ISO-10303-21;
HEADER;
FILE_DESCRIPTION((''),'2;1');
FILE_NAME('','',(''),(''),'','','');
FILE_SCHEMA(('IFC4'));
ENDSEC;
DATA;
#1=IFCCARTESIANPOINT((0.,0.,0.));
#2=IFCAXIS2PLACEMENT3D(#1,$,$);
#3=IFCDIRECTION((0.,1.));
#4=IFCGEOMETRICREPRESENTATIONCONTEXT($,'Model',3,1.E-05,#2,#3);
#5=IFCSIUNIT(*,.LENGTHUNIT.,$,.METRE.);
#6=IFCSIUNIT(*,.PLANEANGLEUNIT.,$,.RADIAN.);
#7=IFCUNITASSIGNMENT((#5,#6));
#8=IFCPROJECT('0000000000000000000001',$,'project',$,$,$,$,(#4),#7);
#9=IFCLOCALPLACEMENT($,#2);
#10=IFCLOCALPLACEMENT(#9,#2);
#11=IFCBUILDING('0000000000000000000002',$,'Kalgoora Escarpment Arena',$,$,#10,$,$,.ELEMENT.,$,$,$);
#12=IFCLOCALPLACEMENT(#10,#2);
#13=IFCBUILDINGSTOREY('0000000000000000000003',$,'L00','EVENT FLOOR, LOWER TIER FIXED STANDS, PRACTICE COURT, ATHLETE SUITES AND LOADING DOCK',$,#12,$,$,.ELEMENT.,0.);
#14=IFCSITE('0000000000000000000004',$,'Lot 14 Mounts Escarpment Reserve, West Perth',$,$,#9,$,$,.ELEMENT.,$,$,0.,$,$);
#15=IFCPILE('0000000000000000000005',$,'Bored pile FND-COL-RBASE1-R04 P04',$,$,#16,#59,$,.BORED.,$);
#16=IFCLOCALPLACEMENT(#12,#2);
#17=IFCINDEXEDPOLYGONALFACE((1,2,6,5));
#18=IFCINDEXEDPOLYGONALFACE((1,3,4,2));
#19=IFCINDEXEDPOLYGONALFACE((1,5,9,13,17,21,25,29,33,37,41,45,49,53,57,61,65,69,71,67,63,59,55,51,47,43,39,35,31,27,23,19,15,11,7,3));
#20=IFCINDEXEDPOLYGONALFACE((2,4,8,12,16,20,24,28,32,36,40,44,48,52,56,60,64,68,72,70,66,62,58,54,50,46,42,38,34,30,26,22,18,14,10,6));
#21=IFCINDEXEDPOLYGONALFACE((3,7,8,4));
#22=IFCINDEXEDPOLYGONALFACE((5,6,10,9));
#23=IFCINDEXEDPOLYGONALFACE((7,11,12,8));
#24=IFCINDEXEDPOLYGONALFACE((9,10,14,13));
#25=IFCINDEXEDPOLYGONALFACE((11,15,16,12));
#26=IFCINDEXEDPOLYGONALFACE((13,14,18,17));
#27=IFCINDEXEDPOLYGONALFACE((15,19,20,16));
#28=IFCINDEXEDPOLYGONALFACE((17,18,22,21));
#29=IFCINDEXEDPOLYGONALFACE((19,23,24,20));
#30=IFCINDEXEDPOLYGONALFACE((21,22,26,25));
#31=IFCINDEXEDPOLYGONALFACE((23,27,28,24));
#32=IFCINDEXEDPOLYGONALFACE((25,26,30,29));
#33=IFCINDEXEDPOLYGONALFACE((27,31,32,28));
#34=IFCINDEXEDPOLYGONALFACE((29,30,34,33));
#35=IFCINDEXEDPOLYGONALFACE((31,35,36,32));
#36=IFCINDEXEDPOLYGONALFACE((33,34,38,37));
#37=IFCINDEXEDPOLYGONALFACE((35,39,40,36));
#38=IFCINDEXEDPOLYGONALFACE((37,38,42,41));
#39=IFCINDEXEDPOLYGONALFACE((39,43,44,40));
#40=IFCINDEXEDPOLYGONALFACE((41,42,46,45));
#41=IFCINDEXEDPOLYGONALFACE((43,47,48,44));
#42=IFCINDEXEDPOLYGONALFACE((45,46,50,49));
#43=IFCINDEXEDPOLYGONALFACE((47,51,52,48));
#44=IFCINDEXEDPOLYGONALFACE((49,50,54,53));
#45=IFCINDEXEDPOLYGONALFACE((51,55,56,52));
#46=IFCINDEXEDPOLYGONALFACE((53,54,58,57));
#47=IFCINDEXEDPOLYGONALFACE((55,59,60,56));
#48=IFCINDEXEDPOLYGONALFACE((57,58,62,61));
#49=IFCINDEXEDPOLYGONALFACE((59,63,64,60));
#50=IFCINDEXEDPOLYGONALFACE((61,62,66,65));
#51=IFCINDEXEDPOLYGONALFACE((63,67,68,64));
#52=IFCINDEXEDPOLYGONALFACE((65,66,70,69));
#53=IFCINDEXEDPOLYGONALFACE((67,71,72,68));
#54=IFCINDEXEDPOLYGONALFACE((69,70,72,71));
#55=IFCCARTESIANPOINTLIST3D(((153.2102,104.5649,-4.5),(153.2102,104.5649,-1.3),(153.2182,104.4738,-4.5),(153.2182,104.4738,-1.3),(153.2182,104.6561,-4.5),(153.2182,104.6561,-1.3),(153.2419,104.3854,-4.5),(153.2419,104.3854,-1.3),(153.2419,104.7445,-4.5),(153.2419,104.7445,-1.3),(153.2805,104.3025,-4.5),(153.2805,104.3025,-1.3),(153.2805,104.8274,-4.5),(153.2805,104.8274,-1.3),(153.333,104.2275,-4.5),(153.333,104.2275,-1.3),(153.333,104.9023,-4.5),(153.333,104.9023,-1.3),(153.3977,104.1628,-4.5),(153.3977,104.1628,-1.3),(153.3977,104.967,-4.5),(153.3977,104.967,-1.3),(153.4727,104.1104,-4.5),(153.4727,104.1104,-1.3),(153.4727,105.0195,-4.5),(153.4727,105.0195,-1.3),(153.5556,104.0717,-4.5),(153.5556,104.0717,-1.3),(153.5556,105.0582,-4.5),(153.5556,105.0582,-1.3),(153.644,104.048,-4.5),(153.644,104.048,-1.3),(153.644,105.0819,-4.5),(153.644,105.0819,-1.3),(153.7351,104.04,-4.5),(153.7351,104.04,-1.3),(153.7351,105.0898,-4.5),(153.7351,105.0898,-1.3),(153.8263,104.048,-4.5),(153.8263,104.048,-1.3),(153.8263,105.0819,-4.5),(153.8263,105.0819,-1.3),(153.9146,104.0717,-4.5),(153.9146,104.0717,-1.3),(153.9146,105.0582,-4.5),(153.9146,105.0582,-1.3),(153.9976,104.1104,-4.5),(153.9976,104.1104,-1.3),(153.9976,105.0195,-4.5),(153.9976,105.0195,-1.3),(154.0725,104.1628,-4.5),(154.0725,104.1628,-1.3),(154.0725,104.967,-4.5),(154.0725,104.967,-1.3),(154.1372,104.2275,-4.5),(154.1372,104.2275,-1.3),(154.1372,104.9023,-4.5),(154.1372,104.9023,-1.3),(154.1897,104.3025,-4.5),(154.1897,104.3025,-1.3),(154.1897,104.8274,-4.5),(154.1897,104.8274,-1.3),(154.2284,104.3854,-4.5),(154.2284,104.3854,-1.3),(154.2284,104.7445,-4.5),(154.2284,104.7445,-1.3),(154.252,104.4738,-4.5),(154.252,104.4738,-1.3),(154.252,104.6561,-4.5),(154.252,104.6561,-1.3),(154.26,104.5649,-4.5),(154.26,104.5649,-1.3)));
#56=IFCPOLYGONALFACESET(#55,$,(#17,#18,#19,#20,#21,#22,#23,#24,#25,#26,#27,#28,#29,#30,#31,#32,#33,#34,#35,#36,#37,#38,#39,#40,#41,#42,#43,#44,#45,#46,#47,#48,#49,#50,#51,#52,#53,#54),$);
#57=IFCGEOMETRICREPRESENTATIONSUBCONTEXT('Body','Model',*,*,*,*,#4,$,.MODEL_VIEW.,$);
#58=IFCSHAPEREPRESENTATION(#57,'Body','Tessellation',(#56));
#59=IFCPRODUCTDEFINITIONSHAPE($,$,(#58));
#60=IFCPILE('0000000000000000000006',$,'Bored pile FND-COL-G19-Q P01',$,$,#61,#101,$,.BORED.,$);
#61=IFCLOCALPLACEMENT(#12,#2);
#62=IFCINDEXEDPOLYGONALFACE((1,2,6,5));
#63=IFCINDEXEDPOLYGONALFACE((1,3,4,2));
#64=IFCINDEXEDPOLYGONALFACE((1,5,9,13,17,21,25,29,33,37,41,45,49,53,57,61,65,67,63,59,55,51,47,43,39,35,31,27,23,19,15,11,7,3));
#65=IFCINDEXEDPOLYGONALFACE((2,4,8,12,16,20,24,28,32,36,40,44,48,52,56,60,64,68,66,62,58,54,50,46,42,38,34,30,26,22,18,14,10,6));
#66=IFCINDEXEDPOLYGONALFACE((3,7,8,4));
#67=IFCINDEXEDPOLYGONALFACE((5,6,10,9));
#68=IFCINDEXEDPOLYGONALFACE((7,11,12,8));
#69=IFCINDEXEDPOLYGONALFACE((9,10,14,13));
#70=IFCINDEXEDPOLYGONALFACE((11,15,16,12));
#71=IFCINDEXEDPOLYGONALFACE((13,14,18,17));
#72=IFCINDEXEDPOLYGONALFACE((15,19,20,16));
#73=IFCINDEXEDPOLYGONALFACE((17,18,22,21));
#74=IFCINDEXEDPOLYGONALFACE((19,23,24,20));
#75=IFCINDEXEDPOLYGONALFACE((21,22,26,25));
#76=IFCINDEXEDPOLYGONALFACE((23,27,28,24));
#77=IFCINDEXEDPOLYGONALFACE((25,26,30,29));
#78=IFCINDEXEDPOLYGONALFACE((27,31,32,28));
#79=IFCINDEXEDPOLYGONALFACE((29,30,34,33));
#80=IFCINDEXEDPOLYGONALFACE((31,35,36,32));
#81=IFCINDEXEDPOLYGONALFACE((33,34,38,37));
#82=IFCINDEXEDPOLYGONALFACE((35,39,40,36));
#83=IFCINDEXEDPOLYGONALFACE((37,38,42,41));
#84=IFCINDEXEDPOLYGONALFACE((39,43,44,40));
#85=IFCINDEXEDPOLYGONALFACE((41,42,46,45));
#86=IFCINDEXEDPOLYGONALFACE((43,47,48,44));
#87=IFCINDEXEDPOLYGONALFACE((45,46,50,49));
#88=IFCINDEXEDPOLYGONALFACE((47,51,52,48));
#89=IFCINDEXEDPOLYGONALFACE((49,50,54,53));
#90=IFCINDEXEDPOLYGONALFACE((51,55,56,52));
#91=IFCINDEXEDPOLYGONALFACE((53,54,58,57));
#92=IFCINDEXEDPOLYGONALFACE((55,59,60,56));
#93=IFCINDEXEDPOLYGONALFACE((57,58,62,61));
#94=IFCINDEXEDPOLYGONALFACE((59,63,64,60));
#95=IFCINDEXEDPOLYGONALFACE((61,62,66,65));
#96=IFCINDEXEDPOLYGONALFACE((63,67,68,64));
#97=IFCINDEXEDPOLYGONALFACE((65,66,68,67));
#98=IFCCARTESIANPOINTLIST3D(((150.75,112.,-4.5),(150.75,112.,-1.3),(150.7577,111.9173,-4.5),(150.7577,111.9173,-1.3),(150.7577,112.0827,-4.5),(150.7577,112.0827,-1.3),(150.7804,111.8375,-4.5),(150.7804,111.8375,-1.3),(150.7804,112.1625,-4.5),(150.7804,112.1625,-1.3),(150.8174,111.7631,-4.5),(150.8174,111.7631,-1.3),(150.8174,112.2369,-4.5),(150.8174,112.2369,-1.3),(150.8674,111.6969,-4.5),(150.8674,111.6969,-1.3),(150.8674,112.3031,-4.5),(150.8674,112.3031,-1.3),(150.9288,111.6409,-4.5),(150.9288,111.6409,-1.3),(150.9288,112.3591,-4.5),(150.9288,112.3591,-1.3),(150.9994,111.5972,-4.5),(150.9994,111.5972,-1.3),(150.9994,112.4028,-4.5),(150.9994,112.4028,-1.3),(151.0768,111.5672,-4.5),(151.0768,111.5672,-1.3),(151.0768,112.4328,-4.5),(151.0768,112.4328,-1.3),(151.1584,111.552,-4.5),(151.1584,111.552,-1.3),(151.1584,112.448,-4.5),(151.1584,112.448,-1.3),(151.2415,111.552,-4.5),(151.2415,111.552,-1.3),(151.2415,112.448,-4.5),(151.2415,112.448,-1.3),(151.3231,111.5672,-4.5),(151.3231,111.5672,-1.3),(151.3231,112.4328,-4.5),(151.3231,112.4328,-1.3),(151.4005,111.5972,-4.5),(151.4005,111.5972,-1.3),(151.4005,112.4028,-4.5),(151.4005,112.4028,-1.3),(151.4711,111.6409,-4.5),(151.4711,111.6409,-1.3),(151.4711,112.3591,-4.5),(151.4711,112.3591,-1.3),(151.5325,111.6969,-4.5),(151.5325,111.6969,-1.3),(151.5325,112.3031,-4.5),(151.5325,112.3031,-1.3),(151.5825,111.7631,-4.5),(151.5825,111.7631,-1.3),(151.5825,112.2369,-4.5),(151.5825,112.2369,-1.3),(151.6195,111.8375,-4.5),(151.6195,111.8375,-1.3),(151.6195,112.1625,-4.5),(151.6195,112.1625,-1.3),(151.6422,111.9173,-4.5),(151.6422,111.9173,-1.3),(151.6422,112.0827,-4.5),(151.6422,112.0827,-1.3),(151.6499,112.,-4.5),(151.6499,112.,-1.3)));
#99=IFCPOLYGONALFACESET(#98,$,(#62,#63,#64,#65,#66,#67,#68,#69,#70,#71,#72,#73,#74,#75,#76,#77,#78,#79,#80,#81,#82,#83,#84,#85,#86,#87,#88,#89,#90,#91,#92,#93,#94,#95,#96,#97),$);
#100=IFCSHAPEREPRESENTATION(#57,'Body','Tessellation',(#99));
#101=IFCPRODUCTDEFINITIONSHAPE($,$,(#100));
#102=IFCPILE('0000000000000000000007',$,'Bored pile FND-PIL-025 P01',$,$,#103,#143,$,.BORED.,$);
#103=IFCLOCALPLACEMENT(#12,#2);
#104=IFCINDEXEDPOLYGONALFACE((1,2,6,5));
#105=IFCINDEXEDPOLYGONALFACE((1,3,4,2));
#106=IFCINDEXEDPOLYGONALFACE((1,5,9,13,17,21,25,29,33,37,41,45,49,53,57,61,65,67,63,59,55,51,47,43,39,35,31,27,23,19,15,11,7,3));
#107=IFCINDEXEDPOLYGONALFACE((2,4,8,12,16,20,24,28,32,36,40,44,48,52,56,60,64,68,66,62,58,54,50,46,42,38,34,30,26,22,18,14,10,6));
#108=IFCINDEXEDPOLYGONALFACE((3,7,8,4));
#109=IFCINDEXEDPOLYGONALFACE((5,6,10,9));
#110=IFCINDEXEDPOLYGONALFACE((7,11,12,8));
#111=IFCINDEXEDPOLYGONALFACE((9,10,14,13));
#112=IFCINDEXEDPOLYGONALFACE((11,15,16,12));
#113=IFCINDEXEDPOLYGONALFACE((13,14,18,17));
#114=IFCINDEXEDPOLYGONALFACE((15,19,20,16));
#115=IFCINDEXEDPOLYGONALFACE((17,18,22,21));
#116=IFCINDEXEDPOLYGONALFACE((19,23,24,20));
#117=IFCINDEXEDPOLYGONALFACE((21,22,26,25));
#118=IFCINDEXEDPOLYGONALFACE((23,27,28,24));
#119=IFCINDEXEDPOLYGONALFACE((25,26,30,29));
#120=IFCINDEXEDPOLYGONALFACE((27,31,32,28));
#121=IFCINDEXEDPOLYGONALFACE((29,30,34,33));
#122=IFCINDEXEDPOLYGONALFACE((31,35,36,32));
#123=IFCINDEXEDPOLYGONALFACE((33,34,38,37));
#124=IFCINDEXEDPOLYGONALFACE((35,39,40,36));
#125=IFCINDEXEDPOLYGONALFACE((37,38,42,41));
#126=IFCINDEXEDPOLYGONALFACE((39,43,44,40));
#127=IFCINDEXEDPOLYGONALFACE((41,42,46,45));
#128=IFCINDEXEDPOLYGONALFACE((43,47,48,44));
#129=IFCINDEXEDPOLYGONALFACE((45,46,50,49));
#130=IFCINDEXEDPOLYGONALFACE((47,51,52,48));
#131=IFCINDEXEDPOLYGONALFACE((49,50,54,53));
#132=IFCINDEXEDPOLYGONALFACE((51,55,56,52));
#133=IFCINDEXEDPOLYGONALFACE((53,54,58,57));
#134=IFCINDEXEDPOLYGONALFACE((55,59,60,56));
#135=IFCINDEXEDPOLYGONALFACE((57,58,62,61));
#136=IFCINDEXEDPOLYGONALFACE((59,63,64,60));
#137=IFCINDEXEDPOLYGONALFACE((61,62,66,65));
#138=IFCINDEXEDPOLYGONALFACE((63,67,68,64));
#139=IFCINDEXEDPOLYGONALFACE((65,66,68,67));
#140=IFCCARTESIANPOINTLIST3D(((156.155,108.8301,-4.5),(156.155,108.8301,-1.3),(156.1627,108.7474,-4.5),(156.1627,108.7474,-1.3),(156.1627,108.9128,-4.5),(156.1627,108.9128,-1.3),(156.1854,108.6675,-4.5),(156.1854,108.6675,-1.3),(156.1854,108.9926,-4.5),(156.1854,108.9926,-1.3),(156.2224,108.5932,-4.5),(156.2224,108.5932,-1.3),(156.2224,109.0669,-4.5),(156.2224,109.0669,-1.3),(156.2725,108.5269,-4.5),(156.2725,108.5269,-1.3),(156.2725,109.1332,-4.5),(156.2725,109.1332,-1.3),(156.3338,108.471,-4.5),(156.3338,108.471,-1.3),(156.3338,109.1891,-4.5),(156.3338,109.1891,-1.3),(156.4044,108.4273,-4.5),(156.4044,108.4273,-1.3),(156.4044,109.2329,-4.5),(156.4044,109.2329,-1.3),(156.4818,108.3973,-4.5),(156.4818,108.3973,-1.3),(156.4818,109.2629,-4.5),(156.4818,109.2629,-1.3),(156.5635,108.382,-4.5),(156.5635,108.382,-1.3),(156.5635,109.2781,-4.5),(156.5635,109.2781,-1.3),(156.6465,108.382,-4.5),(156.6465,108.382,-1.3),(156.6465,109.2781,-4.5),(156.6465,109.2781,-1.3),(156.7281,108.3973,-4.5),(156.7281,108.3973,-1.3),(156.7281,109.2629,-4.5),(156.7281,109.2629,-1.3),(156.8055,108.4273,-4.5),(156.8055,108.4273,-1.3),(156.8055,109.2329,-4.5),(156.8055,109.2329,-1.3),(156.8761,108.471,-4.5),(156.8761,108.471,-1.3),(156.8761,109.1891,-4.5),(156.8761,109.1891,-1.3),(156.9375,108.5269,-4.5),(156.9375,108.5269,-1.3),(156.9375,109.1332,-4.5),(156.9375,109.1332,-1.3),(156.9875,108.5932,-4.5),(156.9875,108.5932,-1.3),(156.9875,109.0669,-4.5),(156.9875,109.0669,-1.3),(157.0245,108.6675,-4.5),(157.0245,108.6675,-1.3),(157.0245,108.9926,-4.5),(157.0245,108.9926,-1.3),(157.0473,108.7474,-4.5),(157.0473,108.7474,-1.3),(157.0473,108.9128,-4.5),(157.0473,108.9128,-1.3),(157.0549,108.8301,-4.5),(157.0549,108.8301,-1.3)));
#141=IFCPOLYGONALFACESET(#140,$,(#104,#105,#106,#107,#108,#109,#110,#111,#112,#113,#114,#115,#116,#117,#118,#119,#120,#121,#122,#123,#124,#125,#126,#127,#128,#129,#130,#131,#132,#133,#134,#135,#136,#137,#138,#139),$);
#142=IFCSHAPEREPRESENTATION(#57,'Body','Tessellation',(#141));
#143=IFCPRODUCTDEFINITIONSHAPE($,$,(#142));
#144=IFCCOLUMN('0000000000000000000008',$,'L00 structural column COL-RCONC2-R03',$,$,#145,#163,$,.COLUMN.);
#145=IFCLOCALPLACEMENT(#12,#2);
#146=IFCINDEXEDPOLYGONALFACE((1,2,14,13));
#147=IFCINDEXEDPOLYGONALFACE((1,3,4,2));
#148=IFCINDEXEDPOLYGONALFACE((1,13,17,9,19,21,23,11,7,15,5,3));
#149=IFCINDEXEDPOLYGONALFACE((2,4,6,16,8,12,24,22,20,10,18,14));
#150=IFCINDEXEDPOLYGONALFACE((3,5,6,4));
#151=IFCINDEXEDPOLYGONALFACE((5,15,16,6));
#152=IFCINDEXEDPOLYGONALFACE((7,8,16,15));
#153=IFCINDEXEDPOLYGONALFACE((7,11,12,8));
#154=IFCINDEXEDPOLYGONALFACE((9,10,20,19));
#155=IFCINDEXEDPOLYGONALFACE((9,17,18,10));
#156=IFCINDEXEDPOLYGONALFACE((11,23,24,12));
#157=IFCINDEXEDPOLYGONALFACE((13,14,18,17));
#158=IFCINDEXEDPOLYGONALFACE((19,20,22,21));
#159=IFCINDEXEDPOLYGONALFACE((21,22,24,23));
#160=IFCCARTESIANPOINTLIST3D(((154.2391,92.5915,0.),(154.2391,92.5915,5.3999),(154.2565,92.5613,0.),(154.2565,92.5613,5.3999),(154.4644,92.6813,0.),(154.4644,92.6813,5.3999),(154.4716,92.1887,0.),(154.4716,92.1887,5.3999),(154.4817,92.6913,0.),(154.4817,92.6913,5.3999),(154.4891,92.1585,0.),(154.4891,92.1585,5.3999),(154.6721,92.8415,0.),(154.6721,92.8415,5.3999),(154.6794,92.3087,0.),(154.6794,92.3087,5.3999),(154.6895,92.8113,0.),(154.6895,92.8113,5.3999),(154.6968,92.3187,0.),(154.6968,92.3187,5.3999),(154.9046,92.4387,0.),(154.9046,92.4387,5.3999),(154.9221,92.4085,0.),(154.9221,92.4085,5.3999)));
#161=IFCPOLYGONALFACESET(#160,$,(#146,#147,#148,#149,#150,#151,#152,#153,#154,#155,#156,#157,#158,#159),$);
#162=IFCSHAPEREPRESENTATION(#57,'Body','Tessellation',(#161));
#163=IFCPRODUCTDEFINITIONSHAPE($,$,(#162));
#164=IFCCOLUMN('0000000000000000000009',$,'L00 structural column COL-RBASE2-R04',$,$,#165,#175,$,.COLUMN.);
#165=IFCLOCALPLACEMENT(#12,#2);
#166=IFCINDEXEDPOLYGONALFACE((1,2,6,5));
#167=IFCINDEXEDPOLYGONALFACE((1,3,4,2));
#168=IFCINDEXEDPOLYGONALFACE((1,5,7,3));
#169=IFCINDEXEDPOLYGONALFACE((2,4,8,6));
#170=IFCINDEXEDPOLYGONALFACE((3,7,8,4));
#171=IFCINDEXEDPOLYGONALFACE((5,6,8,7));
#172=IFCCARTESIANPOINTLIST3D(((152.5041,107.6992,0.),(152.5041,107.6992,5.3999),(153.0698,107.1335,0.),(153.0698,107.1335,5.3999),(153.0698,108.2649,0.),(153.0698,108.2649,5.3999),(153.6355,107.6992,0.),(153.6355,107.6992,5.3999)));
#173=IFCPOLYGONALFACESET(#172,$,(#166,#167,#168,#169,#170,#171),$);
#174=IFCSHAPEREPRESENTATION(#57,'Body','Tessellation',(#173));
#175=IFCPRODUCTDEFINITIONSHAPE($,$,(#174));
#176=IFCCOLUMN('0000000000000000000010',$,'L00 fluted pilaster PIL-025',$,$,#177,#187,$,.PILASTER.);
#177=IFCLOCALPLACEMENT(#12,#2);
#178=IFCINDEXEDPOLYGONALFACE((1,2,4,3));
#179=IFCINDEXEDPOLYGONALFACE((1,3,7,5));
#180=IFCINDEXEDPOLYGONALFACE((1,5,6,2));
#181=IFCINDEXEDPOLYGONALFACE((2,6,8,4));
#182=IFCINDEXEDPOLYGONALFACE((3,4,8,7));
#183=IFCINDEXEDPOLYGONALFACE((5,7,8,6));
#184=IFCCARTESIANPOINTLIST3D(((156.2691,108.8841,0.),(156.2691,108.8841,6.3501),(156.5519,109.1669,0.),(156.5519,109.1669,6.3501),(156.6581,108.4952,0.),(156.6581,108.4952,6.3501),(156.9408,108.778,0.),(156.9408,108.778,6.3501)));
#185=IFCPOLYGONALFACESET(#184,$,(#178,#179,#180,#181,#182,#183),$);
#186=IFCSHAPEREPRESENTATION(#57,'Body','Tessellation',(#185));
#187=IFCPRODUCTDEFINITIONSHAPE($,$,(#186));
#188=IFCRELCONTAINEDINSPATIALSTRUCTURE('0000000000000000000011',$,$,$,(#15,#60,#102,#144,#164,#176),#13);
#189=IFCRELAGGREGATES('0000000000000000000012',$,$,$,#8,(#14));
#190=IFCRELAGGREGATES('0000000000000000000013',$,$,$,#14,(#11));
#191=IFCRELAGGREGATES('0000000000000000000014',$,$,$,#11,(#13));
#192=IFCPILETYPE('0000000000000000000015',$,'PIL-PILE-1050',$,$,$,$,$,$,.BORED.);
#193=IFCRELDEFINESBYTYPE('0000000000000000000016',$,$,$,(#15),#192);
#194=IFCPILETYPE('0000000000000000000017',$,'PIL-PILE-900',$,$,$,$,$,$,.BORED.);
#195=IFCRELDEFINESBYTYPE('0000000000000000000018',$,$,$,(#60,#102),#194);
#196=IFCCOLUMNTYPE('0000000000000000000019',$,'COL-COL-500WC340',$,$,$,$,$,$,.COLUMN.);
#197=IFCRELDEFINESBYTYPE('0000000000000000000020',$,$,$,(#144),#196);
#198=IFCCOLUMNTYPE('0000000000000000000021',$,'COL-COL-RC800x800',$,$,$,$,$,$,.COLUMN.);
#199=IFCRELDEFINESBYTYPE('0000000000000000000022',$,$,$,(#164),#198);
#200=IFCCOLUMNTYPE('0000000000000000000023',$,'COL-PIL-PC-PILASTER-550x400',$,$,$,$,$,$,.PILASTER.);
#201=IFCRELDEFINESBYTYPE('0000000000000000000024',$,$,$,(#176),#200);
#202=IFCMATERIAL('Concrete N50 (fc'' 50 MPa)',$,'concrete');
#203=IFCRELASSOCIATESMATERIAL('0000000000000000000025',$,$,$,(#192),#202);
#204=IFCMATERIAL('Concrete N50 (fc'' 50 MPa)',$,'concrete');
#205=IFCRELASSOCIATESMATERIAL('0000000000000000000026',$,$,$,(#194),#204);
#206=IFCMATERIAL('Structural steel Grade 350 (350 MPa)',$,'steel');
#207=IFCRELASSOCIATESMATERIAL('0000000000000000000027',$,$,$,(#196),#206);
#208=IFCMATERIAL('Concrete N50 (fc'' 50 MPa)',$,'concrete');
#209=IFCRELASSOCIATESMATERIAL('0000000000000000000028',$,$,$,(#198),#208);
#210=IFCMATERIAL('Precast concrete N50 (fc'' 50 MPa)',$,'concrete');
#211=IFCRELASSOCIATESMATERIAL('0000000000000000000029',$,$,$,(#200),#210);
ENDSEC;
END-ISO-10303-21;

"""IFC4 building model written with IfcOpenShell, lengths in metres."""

from ifc_helpers import new_model, si_unit, direction, frame, origin, origin_2d, place, context, subcontext, project, spatial, rectangle, circle, i_section, extrude, material, material_profile, profile_set, type_object, element, save


model = new_model("IFC4")

# Units and contexts
model_context = context("Model", 3, precision=1e-05, world=origin(), true_north=direction((0.0, 1.0)))
body_context = subcontext(model_context, "Body", "Model", "MODEL_VIEW")
ifc_project = project(units=[si_unit("LENGTHUNIT", "METRE"), si_unit("PLANEANGLEUNIT", "RADIAN")], contexts=[model_context])

# Site, building, storey
site_placement = place(None, origin())
site = spatial("IfcSite", under=ifc_project, at=site_placement, Name="Lot 14 Mounts Escarpment Reserve, West Perth", CompositionType="ELEMENT", RefElevation=0.0)
building_placement = place(site_placement, origin())
building = spatial("IfcBuilding", under=site, at=building_placement, Name="Kalgoora Escarpment Arena", CompositionType="ELEMENT")
storey_placement = place(building_placement, origin())
storey = spatial("IfcBuildingStorey", under=building, at=storey_placement, Name="L00", Description="EVENT FLOOR, LOWER TIER FIXED STANDS, PRACTICE COURT, ATHLETE SUITES AND LOADING DOCK", CompositionType="ELEMENT", Elevation=0.0)

# Piles
ifc_material_1 = material(Name="Concrete N50 (fc' 50 MPa)", Category="concrete")
ifc_material_profile_1 = material_profile(ifc_material_1, circle(Radius=0.5249, at=origin_2d()))
ifc_profile_set_1 = profile_set([ifc_material_profile_1], Name="Concrete N50 (fc' 50 MPa)")
pile_type_1 = type_object("IfcPileType", Name="PIL-PILE-1050", PredefinedType="BORED", material=ifc_profile_set_1)
for number, where, z_axis, x_axis, name in (
    (1, (153.7351, 104.5649, -1.3), (0.0, 0.0, -1.0), (1.0, 0.0, 0.0), "Bored pile FND-COL-RBASE1-R04 P04"),
):
    element("IfcPile", number, at=place(storey_placement, frame(where, z_axis=z_axis, x_axis=x_axis)), inside=storey, type_object=pile_type_1, Name=name, PredefinedType="BORED", context=body_context, shape_type="SweptSolid", body=[
        extrude(circle(Radius=0.5249, at=origin_2d()), origin(), (0.0, 0.0, 1.0), 3.2),
    ])
ifc_material_2 = material(Name="Concrete N50 (fc' 50 MPa)", Category="concrete")
ifc_material_profile_2 = material_profile(ifc_material_2, circle(Radius=0.45, at=origin_2d()))
ifc_profile_set_2 = profile_set([ifc_material_profile_2], Name="Concrete N50 (fc' 50 MPa)")
pile_type_2 = type_object("IfcPileType", Name="PIL-PILE-900", PredefinedType="BORED", material=ifc_profile_set_2)
for number, where, z_axis, x_axis, name in (
    (2, (151.2, 112.0, -1.3), (0.0, 0.0, -1.0), (1.0, 0.0, 0.0), "Bored pile FND-COL-G19-Q P01"),
    (3, (156.605, 108.8301, -1.3), (0.0, 0.0, -1.0), (1.0, 0.0, 0.0), "Bored pile FND-PIL-025 P01"),
):
    element("IfcPile", number, at=place(storey_placement, frame(where, z_axis=z_axis, x_axis=x_axis)), inside=storey, type_object=pile_type_2, Name=name, PredefinedType="BORED", context=body_context, shape_type="SweptSolid", body=[
        extrude(circle(Radius=0.45, at=origin_2d()), origin(), (0.0, 0.0, 1.0), 3.2),
    ])

# Columns
ifc_material_3 = material(Name="Structural steel Grade 350 (350 MPa)", Category="steel")
ifc_material_profile_3 = material_profile(ifc_material_3, i_section(OverallWidth=0.5, OverallDepth=0.5, WebThickness=0.02, FlangeThickness=0.0349, at=origin_2d()))
ifc_profile_set_3 = profile_set([ifc_material_profile_3], Name="Structural steel Grade 350 (350 MPa)")
column_type_1 = type_object("IfcColumnType", Name="COL-COL-500WC340", PredefinedType="COLUMN", material=ifc_profile_set_3)
column_1_placement = place(storey_placement, frame((154.5806, 92.5, 0.0), z_axis=(0.0, 0.0, 1.0), x_axis=(0.866025, 0.5, 0.0)))
element("IfcColumn", 4, at=column_1_placement, inside=storey, type_object=column_type_1, Name="L00 structural column COL-RCONC2-R03", PredefinedType="COLUMN", context=body_context, shape_type="SweptSolid", body=[
    extrude(i_section(OverallWidth=0.5, OverallDepth=0.5, WebThickness=0.02, FlangeThickness=0.0349, at=origin_2d()), origin(), (0.0, 0.0, 1.0), 5.3999),
])
ifc_material_4 = material(Name="Concrete N50 (fc' 50 MPa)", Category="concrete")
ifc_material_profile_4 = material_profile(ifc_material_4, rectangle(XDim=0.8, YDim=0.8, at=origin_2d()))
ifc_profile_set_4 = profile_set([ifc_material_profile_4], Name="Concrete N50 (fc' 50 MPa)")
column_type_2 = type_object("IfcColumnType", Name="COL-COL-RC800x800", PredefinedType="COLUMN", material=ifc_profile_set_4)
column_2_placement = place(storey_placement, frame((153.0698, 107.6992, 0.0), z_axis=(0.0, 0.0, 1.0), x_axis=(0.707107, 0.707107, 0.0)))
element("IfcColumn", 5, at=column_2_placement, inside=storey, type_object=column_type_2, Name="L00 structural column COL-RBASE2-R04", PredefinedType="COLUMN", context=body_context, shape_type="SweptSolid", body=[
    extrude(rectangle(XDim=0.8, YDim=0.8, at=origin_2d()), origin(), (0.0, 0.0, 1.0), 5.3999),
])
ifc_material_5 = material(Name="Precast concrete N50 (fc' 50 MPa)", Category="concrete")
ifc_material_profile_5 = material_profile(ifc_material_5, rectangle(XDim=0.3999, YDim=0.55, at=origin_2d()))
ifc_profile_set_5 = profile_set([ifc_material_profile_5], Name="Precast concrete N50 (fc' 50 MPa)")
column_type_3 = type_object("IfcColumnType", Name="COL-PIL-PC-PILASTER-550x400", PredefinedType="PILASTER", material=ifc_profile_set_5)
column_3_placement = place(storey_placement, frame((156.605, 108.8311, 0.0), z_axis=(0.0, 0.0, 1.0), x_axis=(0.707107, 0.707107, 0.0)))
element("IfcColumn", 6, at=column_3_placement, inside=storey, type_object=column_type_3, Name="L00 fluted pilaster PIL-025", PredefinedType="PILASTER", context=body_context, shape_type="SweptSolid", body=[
    extrude(rectangle(XDim=0.3999, YDim=0.55, at=origin_2d()), origin(), (0.0, 0.0, 1.0), 6.3501),
])

save(model, "model.ifc")
